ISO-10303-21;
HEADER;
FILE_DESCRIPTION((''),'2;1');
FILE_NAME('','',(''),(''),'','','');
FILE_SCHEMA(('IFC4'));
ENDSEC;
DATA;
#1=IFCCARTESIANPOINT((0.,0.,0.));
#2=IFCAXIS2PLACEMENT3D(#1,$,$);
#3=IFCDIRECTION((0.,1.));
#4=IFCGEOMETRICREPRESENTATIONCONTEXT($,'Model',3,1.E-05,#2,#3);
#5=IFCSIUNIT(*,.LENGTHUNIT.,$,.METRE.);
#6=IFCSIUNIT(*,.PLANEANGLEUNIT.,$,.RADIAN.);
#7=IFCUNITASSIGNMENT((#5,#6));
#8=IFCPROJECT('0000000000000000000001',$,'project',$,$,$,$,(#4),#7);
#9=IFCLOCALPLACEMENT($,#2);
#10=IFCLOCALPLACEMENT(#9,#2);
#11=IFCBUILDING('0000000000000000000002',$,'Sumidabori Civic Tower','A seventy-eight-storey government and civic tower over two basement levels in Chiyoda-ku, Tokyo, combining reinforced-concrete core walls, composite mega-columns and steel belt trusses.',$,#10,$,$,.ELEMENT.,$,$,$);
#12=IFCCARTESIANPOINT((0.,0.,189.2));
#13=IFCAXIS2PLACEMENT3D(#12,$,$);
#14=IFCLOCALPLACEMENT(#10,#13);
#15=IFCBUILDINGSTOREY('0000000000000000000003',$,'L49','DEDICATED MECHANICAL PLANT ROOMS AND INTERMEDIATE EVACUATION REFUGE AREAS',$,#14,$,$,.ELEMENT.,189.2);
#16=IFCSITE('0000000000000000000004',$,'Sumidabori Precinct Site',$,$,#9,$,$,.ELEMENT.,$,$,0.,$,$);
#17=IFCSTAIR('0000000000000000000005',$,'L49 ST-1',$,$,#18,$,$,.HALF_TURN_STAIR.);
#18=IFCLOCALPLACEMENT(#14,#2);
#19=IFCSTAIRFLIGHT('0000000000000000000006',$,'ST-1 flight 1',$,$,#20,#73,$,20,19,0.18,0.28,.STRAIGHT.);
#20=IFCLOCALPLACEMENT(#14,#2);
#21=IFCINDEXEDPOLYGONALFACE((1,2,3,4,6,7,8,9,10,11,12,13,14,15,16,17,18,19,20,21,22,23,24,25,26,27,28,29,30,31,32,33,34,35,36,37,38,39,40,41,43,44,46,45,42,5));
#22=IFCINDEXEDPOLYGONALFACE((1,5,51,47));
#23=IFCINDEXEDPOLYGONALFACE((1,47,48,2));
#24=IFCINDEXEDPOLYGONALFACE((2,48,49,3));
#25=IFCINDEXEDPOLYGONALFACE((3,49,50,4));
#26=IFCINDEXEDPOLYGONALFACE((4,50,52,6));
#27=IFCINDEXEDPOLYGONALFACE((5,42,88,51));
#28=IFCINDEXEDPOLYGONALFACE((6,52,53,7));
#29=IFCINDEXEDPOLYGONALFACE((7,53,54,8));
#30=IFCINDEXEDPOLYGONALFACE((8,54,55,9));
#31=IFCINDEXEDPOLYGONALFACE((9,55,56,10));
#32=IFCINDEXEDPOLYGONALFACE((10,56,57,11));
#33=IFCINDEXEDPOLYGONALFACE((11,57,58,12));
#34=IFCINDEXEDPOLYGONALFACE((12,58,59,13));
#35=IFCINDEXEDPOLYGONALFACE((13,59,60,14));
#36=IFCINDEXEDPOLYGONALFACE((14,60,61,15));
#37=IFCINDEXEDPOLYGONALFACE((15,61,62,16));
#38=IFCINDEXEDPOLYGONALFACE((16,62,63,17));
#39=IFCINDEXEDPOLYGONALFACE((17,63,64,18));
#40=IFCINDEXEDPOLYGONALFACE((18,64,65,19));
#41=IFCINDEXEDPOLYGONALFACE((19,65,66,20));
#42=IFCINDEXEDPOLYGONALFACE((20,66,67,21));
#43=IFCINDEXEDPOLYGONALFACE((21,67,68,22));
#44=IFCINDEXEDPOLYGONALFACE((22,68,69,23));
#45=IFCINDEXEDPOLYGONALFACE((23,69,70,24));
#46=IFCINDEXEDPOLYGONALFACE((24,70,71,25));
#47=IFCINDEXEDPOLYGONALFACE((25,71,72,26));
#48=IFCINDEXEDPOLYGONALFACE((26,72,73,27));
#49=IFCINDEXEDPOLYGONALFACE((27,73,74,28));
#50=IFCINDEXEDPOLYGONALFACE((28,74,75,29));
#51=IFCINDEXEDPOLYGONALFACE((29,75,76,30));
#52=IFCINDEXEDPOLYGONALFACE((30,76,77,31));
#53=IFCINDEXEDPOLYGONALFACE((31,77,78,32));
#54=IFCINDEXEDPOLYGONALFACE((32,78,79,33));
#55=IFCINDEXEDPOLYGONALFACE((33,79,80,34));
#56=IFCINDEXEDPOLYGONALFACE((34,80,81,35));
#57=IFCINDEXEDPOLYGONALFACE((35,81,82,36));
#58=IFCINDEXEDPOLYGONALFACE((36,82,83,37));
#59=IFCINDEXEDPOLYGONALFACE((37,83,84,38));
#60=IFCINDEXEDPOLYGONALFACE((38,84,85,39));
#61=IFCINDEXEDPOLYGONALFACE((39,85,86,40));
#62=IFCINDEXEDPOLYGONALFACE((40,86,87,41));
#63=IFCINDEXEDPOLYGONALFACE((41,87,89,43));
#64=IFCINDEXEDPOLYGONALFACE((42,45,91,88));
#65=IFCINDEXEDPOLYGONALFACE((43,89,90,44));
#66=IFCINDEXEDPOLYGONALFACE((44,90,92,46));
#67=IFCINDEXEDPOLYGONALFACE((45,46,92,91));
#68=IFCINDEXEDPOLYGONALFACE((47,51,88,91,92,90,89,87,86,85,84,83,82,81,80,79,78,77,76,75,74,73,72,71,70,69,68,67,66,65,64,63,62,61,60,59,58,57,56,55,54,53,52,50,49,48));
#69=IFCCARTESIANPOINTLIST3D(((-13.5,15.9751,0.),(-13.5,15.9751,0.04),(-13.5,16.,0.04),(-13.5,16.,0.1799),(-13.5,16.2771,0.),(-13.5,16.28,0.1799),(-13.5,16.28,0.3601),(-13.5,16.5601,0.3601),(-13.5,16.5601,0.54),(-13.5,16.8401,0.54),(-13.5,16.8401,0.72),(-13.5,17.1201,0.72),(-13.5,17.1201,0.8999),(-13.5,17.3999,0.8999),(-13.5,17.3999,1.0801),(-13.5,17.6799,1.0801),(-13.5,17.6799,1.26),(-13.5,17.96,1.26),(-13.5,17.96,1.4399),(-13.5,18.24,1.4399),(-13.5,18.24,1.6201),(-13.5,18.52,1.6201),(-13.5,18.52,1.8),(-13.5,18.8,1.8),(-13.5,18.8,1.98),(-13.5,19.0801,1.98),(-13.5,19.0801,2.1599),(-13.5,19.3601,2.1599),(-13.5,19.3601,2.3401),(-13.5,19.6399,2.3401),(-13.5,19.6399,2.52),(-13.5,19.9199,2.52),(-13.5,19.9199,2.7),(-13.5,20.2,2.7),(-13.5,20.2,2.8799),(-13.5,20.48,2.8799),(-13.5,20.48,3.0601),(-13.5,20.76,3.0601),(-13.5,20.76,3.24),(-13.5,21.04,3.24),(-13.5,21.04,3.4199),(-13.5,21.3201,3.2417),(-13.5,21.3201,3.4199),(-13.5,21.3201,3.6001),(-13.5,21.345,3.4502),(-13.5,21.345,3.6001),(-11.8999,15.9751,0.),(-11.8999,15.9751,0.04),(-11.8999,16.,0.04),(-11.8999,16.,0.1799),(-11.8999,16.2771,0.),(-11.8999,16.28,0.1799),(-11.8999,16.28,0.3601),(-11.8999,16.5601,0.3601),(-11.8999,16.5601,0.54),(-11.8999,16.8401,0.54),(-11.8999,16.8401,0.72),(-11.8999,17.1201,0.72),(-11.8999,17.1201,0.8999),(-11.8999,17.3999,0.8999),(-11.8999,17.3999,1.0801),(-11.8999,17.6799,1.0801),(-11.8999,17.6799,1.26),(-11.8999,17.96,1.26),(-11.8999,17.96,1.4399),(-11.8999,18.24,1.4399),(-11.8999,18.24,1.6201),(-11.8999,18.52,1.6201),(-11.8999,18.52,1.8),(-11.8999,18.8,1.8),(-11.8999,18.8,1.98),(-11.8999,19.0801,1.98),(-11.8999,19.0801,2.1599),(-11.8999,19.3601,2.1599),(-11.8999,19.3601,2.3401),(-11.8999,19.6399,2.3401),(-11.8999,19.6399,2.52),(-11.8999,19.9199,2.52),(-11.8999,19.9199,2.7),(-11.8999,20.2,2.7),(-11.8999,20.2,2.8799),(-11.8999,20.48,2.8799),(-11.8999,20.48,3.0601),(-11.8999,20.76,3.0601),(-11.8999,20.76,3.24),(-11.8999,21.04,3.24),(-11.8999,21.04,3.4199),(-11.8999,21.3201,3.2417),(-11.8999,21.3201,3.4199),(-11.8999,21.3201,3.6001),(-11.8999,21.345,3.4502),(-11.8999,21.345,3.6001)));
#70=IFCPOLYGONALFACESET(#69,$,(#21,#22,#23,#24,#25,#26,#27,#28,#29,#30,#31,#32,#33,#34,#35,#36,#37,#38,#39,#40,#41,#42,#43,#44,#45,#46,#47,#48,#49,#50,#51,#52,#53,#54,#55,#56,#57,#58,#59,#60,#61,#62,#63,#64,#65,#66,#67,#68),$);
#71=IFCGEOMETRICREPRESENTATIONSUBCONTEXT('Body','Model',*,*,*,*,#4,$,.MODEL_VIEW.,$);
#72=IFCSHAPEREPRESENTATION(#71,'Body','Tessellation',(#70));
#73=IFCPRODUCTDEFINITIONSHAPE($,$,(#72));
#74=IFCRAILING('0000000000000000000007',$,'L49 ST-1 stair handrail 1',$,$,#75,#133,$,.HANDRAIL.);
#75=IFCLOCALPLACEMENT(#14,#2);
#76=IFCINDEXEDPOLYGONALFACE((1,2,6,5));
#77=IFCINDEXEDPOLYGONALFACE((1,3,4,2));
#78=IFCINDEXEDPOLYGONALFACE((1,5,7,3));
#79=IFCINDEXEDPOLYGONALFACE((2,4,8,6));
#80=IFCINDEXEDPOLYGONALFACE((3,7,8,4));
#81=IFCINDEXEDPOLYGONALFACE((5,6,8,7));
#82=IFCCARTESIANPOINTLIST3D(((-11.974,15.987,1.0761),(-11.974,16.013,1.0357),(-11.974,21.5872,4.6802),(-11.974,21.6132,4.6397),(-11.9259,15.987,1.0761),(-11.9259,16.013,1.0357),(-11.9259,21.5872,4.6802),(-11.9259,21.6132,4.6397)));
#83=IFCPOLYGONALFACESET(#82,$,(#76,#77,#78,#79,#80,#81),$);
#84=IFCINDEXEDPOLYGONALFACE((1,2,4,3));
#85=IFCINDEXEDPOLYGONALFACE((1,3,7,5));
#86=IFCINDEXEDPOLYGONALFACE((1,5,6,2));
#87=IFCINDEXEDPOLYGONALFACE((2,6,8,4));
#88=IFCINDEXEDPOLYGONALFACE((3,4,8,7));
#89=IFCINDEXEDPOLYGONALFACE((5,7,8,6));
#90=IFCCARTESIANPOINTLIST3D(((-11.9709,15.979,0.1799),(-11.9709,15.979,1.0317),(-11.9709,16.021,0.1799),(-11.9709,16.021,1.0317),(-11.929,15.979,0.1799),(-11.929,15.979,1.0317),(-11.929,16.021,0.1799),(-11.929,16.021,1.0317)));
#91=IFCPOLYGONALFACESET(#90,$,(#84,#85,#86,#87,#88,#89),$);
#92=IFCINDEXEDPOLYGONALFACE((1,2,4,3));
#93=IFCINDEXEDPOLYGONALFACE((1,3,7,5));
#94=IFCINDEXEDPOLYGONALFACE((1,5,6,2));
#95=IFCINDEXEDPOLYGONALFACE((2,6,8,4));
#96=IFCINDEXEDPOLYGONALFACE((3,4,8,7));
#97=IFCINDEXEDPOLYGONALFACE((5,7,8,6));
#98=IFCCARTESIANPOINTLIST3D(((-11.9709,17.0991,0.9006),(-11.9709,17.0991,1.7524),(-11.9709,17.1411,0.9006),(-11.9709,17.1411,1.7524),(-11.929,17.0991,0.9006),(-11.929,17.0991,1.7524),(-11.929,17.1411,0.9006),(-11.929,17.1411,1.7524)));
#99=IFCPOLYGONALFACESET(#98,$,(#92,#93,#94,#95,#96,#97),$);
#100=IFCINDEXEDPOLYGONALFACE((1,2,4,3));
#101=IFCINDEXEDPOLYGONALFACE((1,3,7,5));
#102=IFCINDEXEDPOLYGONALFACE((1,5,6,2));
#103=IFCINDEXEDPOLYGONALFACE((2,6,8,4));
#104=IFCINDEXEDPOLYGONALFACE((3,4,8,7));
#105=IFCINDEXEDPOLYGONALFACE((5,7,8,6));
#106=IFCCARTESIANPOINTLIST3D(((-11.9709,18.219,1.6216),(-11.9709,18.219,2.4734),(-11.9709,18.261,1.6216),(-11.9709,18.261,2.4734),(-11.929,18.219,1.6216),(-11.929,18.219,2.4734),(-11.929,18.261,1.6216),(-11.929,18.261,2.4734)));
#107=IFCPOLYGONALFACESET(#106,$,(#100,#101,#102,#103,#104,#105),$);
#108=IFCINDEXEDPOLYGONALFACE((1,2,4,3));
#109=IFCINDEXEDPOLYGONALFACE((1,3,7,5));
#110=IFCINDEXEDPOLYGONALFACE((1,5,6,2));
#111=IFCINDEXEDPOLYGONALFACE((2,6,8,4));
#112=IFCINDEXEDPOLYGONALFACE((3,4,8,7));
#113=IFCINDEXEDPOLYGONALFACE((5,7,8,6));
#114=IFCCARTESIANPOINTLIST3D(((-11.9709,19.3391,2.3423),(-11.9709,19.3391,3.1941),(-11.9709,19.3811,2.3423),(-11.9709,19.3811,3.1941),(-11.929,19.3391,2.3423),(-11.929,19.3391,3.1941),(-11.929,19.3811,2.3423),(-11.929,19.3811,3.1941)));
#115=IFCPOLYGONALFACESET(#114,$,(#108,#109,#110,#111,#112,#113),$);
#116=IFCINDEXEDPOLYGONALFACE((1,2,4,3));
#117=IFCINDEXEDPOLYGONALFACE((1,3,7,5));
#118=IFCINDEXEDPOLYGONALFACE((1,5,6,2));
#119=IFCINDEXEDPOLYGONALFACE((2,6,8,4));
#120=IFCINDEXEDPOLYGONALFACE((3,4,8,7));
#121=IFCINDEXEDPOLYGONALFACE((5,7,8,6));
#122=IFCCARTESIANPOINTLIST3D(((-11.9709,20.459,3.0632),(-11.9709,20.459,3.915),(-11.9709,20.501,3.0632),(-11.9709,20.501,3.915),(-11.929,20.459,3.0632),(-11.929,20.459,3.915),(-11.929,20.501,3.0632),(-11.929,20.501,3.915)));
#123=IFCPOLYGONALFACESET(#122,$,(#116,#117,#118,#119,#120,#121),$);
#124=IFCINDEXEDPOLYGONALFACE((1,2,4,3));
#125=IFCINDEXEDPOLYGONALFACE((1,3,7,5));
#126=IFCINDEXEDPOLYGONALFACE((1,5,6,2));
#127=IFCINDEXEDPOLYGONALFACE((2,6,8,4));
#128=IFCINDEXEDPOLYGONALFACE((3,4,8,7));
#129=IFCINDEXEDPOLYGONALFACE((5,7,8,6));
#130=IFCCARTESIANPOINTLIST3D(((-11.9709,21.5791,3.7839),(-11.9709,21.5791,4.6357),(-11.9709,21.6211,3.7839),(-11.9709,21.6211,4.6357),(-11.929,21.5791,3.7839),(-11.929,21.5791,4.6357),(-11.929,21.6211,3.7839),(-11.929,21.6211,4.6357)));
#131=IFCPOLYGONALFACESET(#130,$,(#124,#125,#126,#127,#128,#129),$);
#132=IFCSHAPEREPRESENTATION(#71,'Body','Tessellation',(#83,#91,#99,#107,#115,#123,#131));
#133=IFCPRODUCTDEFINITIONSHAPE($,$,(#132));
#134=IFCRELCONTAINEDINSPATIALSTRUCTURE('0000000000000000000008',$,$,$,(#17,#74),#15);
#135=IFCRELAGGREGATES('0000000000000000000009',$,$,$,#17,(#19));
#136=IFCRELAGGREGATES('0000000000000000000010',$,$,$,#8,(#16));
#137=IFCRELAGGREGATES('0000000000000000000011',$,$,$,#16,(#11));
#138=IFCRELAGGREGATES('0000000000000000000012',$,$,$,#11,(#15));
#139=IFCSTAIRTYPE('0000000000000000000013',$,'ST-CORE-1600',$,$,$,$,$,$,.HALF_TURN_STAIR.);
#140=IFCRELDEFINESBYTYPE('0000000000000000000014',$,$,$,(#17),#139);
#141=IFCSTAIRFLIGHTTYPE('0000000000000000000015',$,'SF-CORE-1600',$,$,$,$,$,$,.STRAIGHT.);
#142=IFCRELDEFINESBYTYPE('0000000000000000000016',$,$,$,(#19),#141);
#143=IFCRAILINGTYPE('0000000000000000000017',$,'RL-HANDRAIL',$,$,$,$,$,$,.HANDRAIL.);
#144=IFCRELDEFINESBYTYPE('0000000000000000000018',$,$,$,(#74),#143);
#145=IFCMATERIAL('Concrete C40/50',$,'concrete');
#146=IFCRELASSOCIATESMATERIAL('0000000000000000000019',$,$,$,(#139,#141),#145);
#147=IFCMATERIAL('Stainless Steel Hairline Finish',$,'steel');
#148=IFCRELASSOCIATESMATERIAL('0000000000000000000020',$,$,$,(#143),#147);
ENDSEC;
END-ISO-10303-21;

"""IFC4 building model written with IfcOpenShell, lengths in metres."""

from ifc_helpers import new_model, si_unit, direction, frame, origin, origin_2d, place, context, subcontext, project, spatial, polyline, rectangle, outline, extrude, source, transform, mapped, material, type_object, element, aggregate, save


model = new_model("IFC4")

# Units and contexts
model_context = context("Model", 3, precision=1e-05, world=origin(), true_north=direction((0.0, 1.0)))
body_context = subcontext(model_context, "Body", "Model", "MODEL_VIEW")
ifc_project = project(units=[si_unit("LENGTHUNIT", "METRE"), si_unit("PLANEANGLEUNIT", "RADIAN")], contexts=[model_context])

# Site, building, storey
site_placement = place(None, origin())
site = spatial("IfcSite", under=ifc_project, at=site_placement, Name="Sumidabori Precinct Site", CompositionType="ELEMENT", RefElevation=0.0)
building_placement = place(site_placement, origin())
building = spatial("IfcBuilding", under=site, at=building_placement, Name="Sumidabori Civic Tower", Description="A seventy-eight-storey government and civic tower over two basement levels in Chiyoda-ku, Tokyo, combining reinforced-concrete core walls, composite mega-columns and steel belt trusses.", CompositionType="ELEMENT")
storey_placement = place(building_placement, frame((0.0, 0.0, 189.2)))
storey = spatial("IfcBuildingStorey", under=building, at=storey_placement, Name="L49", Description="DEDICATED MECHANICAL PLANT ROOMS AND INTERMEDIATE EVACUATION REFUGE AREAS", CompositionType="ELEMENT", Elevation=189.2)

# Shared definitions
ifc_material_1 = material(Name="Stainless Steel Hairline Finish", Category="steel")

# Stair, stair flight
ifc_material_2 = material(Name="Concrete C40/50", Category="concrete")
stair_type = type_object("IfcStairType", Name="ST-CORE-1600", PredefinedType="HALF_TURN_STAIR", material=ifc_material_2)
stair_placement = place(storey_placement, origin())
stair = element("IfcStair", 1, at=stair_placement, inside=storey, type_object=stair_type, Name="L49 ST-1", PredefinedType="HALF_TURN_STAIR")
stair_flight_type = type_object("IfcStairFlightType", Name="SF-CORE-1600", PredefinedType="STRAIGHT", material=ifc_material_2)
shared_shape_1 = source(origin(), body_context, "Body", "SweptSolid", [
    extrude(outline(polyline([(-0.0249, 0.0), (-0.0249, 0.04), (0.0, 0.04), (0.0, 0.1799), (0.28, 0.1799), (0.28, 0.3601), (0.5601, 0.3601), (0.5601, 0.54), (0.8401, 0.54), (0.8401, 0.72), (1.1201, 0.72), (1.1201, 0.8999), (1.3999, 0.8999), (1.3999, 1.0801), (1.6799, 1.0801), (1.6799, 1.26), (1.96, 1.26), (1.96, 1.4399), (2.24, 1.4399), (2.24, 1.6201), (2.52, 1.6201), (2.52, 1.8), (2.8, 1.8), (2.8, 1.98), (3.0801, 1.98), (3.0801, 2.1599), (3.3601, 2.1599), (3.3601, 2.3401), (3.6399, 2.3401), (3.6399, 2.52), (3.9199, 2.52), (3.9199, 2.7), (4.2, 2.7), (4.2, 2.8799), (4.48, 2.8799), (4.48, 3.0601), (4.76, 3.0601), (4.76, 3.24), (5.04, 3.24), (5.04, 3.4199), (5.3201, 3.4199), (5.3201, 3.6001), (5.345, 3.6001), (5.345, 3.4502), (5.3201, 3.2417), (0.2771, 0.0), (-0.0249, 0.0)])), frame((0.0, 0.8, 0.0), z_axis=(0.0, -1.0, 0.0), x_axis=(1.0, 0.0, 0.0)), (0.0, 0.0, 1.0), 1.6001),
])
stair_flight_placement = place(storey_placement, frame((-12.7, 16.0, 0.0), z_axis=(0.0, 0.0, 1.0), x_axis=(0.0, 1.0, 0.0)))
stair_flight = element("IfcStairFlight", 2, at=stair_flight_placement, type_object=stair_flight_type, Name="ST-1 flight 1", NumberOfRisers=20, NumberOfTreads=19, PredefinedType="STRAIGHT", RiserHeight=0.18, TreadLength=0.28, context=body_context, shape_type="MappedRepresentation", body=[
    mapped(shared_shape_1, transform((0.0, 0.0, 0.0), x_axis=(1.0, 0.0, 0.0), y_axis=(0.0, 1.0, 0.0), z_axis=(0.0, 0.0, 1.0), scale=1.0)),
])
aggregate(stair, [stair_flight])

# Railing
railing_type = type_object("IfcRailingType", Name="RL-HANDRAIL", PredefinedType="HANDRAIL", material=ifc_material_1)
railing_placement = place(storey_placement, frame((-11.95, 16.0, 0.1799)))
element("IfcRailing", 3, at=railing_placement, inside=storey, type_object=railing_type, Name="L49 ST-1 stair handrail 1", PredefinedType="HANDRAIL", context=body_context, shape_type="SweptSolid", body=[
    extrude(rectangle(XDim=0.0481, YDim=0.0481, at=origin_2d()), frame((0.0, 0.0, 0.876), z_axis=(0.0, 0.840909, 0.541176), x_axis=(-1.0, 0.0, 0.0)), (0.0, 0.0, 1.0), 6.6597),
    extrude(rectangle(XDim=0.042, YDim=0.042, at=origin_2d()), origin(), (0.0, 0.0, 1.0), 0.8518),
    extrude(rectangle(XDim=0.042, YDim=0.042, at=origin_2d()), frame((0.0, 1.1201, 0.7207)), (0.0, 0.0, 1.0), 0.8518),
    extrude(rectangle(XDim=0.042, YDim=0.042, at=origin_2d()), frame((0.0, 2.24, 1.4417)), (0.0, 0.0, 1.0), 0.8518),
    extrude(rectangle(XDim=0.042, YDim=0.042, at=origin_2d()), frame((0.0, 3.3601, 2.1624)), (0.0, 0.0, 1.0), 0.8518),
    extrude(rectangle(XDim=0.042, YDim=0.042, at=origin_2d()), frame((0.0, 4.48, 2.8833)), (0.0, 0.0, 1.0), 0.8518),
    extrude(rectangle(XDim=0.042, YDim=0.042, at=origin_2d()), frame((0.0, 5.6001, 3.604)), (0.0, 0.0, 1.0), 0.8518),
])

save(model, "model.ifc")
